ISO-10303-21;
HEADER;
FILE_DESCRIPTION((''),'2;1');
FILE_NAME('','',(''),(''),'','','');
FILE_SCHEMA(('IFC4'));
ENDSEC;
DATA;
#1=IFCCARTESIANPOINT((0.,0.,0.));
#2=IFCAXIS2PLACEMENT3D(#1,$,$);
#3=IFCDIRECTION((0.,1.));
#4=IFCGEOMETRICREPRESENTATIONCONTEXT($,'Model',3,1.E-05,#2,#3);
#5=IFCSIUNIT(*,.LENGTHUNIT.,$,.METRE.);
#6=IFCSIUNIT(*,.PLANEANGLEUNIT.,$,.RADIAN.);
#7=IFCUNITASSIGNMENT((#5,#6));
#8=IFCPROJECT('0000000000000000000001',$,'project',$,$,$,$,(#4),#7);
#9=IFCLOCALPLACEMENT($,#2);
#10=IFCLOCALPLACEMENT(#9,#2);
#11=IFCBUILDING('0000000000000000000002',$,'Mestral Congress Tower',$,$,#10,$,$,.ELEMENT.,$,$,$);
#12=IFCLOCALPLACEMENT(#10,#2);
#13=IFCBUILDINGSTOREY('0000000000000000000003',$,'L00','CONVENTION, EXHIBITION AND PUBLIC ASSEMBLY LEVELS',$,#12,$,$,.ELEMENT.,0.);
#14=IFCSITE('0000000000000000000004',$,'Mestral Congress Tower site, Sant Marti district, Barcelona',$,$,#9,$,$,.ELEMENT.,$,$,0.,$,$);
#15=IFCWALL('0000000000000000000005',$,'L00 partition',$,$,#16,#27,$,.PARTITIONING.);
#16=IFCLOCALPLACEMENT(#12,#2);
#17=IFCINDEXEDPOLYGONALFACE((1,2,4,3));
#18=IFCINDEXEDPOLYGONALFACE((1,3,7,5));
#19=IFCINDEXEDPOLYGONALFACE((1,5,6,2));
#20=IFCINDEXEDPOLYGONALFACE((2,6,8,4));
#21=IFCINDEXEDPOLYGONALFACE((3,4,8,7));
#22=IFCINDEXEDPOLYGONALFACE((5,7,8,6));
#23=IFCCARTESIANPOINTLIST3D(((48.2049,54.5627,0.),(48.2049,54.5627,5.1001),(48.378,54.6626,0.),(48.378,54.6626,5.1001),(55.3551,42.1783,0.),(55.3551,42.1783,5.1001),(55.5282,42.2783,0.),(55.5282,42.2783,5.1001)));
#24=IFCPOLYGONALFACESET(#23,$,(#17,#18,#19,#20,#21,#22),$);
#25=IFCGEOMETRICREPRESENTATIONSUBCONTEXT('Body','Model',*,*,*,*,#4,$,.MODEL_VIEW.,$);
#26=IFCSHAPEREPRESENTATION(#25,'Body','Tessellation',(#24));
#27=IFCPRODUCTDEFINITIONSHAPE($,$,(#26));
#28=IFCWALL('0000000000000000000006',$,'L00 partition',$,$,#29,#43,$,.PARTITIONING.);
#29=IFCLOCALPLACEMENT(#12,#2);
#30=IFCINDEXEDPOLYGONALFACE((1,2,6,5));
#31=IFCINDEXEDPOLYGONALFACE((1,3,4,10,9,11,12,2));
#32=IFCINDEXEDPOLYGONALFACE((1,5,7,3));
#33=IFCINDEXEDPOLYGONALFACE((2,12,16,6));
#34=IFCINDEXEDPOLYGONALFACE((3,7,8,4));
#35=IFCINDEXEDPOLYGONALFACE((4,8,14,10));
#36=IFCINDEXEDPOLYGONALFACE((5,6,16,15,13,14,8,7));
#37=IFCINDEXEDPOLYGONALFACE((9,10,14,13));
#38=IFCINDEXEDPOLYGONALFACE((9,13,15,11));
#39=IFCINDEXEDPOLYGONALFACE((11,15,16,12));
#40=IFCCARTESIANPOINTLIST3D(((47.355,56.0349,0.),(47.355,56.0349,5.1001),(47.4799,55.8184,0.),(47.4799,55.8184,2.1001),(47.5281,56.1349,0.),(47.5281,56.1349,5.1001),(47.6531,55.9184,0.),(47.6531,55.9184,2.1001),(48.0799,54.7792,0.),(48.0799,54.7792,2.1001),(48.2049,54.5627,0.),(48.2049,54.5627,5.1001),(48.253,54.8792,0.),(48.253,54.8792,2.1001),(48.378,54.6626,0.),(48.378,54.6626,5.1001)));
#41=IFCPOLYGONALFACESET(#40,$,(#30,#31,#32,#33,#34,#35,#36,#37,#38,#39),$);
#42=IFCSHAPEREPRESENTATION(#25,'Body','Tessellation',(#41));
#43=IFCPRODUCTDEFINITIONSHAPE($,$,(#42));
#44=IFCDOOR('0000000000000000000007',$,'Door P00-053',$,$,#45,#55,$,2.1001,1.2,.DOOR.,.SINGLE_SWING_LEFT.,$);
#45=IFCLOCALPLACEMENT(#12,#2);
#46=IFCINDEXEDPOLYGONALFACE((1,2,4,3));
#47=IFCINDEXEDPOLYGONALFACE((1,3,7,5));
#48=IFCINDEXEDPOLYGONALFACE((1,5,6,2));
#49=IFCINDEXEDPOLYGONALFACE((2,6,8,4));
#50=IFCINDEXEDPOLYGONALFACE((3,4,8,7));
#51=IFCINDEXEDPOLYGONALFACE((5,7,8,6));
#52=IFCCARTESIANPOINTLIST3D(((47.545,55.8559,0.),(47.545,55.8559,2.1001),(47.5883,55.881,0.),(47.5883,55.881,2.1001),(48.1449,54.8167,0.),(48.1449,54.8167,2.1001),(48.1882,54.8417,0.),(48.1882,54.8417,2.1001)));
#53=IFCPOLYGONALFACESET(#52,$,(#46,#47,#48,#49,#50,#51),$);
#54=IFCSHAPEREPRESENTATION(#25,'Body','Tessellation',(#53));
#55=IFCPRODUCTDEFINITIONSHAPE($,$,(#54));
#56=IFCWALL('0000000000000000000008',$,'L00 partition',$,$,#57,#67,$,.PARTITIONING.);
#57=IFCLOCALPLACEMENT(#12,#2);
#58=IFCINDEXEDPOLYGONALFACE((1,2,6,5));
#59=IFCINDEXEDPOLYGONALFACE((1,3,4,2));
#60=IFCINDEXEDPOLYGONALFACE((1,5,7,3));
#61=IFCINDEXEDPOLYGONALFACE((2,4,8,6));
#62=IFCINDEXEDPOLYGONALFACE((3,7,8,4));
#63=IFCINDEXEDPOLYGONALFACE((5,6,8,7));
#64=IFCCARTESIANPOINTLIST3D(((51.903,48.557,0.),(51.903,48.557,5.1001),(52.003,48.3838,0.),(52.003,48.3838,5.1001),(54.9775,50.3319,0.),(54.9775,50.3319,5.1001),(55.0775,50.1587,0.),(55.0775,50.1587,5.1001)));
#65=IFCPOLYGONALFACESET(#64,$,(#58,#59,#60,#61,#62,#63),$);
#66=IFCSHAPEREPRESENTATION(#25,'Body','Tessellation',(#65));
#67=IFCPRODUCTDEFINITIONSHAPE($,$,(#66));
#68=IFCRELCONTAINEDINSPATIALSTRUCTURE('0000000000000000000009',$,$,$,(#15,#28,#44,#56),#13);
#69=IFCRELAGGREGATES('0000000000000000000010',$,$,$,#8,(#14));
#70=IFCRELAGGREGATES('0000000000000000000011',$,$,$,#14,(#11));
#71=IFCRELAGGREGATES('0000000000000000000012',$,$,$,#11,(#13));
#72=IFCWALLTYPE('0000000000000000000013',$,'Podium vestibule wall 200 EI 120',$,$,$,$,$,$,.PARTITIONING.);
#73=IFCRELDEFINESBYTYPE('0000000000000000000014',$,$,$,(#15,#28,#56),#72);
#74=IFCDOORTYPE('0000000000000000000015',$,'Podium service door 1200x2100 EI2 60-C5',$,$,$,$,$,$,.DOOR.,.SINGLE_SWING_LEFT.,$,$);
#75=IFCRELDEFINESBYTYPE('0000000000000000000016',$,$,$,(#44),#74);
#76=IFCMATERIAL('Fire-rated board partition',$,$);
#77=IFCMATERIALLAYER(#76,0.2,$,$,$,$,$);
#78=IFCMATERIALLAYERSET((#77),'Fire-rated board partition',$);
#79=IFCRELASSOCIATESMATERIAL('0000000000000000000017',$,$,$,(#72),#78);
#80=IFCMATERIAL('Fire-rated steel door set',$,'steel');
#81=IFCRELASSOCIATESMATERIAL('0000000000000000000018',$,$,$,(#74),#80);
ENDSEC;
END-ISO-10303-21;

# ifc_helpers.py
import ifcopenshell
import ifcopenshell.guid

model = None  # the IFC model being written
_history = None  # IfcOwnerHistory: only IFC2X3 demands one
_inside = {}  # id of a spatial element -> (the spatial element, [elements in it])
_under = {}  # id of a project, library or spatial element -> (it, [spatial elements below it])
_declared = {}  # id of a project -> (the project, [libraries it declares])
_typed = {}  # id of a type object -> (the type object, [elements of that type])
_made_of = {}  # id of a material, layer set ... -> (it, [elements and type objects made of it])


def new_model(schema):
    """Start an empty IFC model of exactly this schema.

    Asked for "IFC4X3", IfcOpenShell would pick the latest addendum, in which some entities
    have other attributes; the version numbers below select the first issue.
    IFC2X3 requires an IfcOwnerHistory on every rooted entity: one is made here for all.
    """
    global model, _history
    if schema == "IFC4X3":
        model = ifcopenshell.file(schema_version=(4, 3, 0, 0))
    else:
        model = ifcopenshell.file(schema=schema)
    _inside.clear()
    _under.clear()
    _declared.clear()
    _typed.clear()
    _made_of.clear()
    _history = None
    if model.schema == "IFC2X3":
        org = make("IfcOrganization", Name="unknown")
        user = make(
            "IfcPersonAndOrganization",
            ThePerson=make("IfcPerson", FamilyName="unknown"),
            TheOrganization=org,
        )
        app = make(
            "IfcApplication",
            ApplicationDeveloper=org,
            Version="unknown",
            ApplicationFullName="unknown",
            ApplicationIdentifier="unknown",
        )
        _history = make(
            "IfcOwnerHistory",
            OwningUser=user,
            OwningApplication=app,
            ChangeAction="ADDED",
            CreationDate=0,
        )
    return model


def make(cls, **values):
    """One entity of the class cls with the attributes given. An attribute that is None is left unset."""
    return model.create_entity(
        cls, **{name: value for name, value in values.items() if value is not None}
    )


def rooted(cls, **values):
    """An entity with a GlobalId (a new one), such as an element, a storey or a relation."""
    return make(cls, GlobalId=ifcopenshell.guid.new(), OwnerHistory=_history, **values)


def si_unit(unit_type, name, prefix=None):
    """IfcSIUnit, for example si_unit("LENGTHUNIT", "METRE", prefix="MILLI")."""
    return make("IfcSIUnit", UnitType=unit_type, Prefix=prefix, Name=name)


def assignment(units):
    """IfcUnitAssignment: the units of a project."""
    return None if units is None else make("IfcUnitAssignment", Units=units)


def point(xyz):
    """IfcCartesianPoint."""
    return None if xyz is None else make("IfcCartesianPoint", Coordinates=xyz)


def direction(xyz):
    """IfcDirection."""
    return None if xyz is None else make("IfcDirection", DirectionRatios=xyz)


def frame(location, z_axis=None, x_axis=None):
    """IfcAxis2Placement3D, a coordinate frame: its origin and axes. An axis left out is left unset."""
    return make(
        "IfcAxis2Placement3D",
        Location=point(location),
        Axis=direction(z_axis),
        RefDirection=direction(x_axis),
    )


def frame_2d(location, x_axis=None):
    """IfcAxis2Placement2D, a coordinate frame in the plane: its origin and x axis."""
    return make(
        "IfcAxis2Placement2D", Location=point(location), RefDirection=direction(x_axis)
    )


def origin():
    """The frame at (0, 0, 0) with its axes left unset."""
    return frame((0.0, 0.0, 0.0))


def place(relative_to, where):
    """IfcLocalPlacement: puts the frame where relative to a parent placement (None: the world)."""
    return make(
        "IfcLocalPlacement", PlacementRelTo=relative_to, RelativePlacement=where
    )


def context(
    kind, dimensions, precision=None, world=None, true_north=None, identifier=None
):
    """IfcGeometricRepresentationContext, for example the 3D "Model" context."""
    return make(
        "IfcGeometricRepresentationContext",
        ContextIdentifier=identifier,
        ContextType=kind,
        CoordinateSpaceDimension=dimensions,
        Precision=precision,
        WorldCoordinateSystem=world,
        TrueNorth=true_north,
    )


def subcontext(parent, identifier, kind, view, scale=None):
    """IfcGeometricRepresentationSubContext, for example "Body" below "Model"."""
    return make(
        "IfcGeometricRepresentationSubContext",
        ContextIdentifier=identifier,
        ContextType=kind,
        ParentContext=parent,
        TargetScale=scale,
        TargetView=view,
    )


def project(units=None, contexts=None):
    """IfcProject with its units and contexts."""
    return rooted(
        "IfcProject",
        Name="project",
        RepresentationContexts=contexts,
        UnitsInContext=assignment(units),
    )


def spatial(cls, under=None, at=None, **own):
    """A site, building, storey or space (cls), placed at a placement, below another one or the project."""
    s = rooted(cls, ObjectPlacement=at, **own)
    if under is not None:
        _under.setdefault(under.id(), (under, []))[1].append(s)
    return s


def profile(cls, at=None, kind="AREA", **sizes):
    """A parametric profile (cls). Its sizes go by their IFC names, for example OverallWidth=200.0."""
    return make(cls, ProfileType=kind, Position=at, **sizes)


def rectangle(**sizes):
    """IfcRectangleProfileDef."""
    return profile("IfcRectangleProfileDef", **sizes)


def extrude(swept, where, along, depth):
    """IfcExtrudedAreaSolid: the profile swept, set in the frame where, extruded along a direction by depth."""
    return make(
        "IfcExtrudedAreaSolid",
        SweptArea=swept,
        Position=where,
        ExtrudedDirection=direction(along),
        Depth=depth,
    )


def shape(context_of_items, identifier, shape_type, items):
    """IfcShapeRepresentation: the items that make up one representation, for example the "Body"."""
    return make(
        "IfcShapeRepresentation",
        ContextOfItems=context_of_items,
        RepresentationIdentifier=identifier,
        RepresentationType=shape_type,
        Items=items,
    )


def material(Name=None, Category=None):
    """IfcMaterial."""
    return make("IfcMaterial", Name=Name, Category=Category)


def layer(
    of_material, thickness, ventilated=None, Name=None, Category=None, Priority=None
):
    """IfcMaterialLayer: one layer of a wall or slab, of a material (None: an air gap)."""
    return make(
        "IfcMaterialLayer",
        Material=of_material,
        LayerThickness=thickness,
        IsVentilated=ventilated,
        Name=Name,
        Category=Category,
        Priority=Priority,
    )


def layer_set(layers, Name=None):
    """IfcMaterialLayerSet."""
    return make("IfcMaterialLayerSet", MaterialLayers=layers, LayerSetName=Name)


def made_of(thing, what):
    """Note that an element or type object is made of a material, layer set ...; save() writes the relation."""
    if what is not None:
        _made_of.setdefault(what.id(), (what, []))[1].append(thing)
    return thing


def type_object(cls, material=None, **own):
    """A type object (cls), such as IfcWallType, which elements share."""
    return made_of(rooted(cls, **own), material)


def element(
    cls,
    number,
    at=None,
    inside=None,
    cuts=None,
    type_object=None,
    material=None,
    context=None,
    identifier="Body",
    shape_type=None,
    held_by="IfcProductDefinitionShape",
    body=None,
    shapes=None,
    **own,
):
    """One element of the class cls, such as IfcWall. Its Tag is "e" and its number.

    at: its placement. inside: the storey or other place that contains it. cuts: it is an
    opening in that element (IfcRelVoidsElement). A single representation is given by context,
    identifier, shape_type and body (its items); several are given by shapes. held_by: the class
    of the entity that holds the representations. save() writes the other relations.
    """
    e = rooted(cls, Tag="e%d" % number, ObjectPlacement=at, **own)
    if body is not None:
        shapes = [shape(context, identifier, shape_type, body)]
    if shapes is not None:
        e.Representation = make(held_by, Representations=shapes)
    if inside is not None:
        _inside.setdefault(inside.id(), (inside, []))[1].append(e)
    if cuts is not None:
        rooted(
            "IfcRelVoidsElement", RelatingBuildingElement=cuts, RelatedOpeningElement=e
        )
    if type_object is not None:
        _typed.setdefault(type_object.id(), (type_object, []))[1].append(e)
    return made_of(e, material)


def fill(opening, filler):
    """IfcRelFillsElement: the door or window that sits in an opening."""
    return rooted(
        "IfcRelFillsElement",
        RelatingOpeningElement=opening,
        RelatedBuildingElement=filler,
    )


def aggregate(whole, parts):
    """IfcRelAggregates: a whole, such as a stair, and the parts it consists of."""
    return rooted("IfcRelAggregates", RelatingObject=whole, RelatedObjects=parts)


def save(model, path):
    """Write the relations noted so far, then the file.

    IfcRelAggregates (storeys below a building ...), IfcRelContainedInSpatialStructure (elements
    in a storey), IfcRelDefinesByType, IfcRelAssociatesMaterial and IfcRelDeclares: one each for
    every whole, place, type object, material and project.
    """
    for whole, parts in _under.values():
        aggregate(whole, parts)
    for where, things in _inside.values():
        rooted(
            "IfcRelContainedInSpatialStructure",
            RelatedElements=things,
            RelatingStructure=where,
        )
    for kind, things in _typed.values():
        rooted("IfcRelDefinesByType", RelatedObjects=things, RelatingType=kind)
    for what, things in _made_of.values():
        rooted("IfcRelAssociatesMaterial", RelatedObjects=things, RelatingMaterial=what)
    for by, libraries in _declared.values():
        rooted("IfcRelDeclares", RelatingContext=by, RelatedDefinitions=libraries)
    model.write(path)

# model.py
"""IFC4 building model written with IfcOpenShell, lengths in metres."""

from ifc_helpers import new_model, si_unit, direction, frame, frame_2d, origin, place, context, subcontext, project, spatial, rectangle, extrude, material, layer, layer_set, type_object, element, fill, save


model = new_model("IFC4")

# Units and contexts
model_context = context("Model", 3, precision=1e-05, world=origin(), true_north=direction((0.0, 1.0)))
body_context = subcontext(model_context, "Body", "Model", "MODEL_VIEW")
ifc_project = project(units=[si_unit("LENGTHUNIT", "METRE"), si_unit("PLANEANGLEUNIT", "RADIAN")], contexts=[model_context])

# Site, building, storey
site_placement = place(None, origin())
site = spatial("IfcSite", under=ifc_project, at=site_placement, Name="Mestral Congress Tower site, Sant Marti district, Barcelona", CompositionType="ELEMENT", RefElevation=0.0)
building_placement = place(site_placement, origin())
building = spatial("IfcBuilding", under=site, at=building_placement, Name="Mestral Congress Tower", CompositionType="ELEMENT")
storey_placement = place(building_placement, origin())
storey = spatial("IfcBuildingStorey", under=building, at=storey_placement, Name="L00", Description="CONVENTION, EXHIBITION AND PUBLIC ASSEMBLY LEVELS", CompositionType="ELEMENT", Elevation=0.0)

# Shared definitions
ifc_material_1 = material(Name="Fire-rated board partition")
ifc_layer = layer(ifc_material_1, 0.2)
ifc_layer_set = layer_set([ifc_layer], Name="Fire-rated board partition")
wall_type = type_object("IfcWallType", Name="Podium vestibule wall 200 EI 120", PredefinedType="PARTITIONING", material=ifc_layer_set)

# Shared definitions
ifc_material_2 = material(Name="Fire-rated steel door set", Category="steel")
door_type = type_object("IfcDoorType", Name="Podium service door 1200x2100 EI2 60-C5", OperationType="SINGLE_SWING_LEFT", PredefinedType="DOOR", material=ifc_material_2)

# Wall
wall_1_placement = place(storey_placement, frame((55.4417, 42.2283, 0.0), z_axis=(0.0, 0.0, 1.0), x_axis=(-0.500004, 0.866023, 0.0)))
element("IfcWall", 1, at=wall_1_placement, inside=storey, type_object=wall_type, Name="L00 partition", PredefinedType="PARTITIONING", context=body_context, shape_type="SweptSolid", body=[
    extrude(rectangle(XDim=14.3003, YDim=0.2, at=frame_2d((7.1501, 0.0))), origin(), (0.0, 0.0, 1.0), 5.1001),
])

# Wall, opening, door
wall_2_placement = place(storey_placement, frame((48.2915, 54.6125, 0.0), z_axis=(0.0, 0.0, 1.0), x_axis=(-0.499955, 0.866052, 0.0)))
wall_2 = element("IfcWall", 2, at=wall_2_placement, inside=storey, type_object=wall_type, Name="L00 partition", PredefinedType="PARTITIONING", context=body_context, shape_type="SweptSolid", body=[
    extrude(rectangle(XDim=1.7, YDim=0.2, at=frame_2d((0.8501, 0.0))), origin(), (0.0, 0.0, 1.0), 5.1001),
])
opening_1_placement = place(wall_2_placement, frame((0.25, 0.0, 0.0)))
opening_1 = element("IfcOpeningElement", 3, at=opening_1_placement, cuts=wall_2, PredefinedType="OPENING", context=body_context, shape_type="SweptSolid", body=[
    extrude(rectangle(XDim=1.2, YDim=2.1001, at=frame_2d((0.6001, 1.05))), frame((0.0, 0.1099, 0.0), z_axis=(0.0, -1.0, 0.0), x_axis=(1.0, 0.0, 0.0)), (0.0, 0.0, 1.0), 0.22),
])
door_1_placement = place(opening_1_placement, origin())
door_1 = element("IfcDoor", 4, at=door_1_placement, inside=storey, type_object=door_type, Name="Door P00-053", OperationType="SINGLE_SWING_LEFT", OverallHeight=2.1001, OverallWidth=1.2, PredefinedType="DOOR", context=body_context, shape_type="SweptSolid", body=[
    extrude(rectangle(XDim=1.2, YDim=2.1001, at=frame_2d((0.6001, 1.05))), frame((0.0, 0.0249, 0.0), z_axis=(0.0, -1.0, 0.0), x_axis=(1.0, 0.0, 0.0)), (0.0, 0.0, 1.0), 0.05),
])
fill(opening_1, door_1)

# Wall
wall_3_placement = place(storey_placement, frame((51.9531, 48.4705, 0.0), z_axis=(0.0, 0.0, 1.0), x_axis=(0.866042, 0.49997, 0.0)))
element("IfcWall", 5, at=wall_3_placement, inside=storey, type_object=wall_type, Name="L00 partition", PredefinedType="PARTITIONING", context=body_context, shape_type="SweptSolid", body=[
    extrude(rectangle(XDim=3.55, YDim=0.2, at=frame_2d((1.7749, 0.0))), origin(), (0.0, 0.0, 1.0), 5.1001),
])

save(model, "model.ifc")
